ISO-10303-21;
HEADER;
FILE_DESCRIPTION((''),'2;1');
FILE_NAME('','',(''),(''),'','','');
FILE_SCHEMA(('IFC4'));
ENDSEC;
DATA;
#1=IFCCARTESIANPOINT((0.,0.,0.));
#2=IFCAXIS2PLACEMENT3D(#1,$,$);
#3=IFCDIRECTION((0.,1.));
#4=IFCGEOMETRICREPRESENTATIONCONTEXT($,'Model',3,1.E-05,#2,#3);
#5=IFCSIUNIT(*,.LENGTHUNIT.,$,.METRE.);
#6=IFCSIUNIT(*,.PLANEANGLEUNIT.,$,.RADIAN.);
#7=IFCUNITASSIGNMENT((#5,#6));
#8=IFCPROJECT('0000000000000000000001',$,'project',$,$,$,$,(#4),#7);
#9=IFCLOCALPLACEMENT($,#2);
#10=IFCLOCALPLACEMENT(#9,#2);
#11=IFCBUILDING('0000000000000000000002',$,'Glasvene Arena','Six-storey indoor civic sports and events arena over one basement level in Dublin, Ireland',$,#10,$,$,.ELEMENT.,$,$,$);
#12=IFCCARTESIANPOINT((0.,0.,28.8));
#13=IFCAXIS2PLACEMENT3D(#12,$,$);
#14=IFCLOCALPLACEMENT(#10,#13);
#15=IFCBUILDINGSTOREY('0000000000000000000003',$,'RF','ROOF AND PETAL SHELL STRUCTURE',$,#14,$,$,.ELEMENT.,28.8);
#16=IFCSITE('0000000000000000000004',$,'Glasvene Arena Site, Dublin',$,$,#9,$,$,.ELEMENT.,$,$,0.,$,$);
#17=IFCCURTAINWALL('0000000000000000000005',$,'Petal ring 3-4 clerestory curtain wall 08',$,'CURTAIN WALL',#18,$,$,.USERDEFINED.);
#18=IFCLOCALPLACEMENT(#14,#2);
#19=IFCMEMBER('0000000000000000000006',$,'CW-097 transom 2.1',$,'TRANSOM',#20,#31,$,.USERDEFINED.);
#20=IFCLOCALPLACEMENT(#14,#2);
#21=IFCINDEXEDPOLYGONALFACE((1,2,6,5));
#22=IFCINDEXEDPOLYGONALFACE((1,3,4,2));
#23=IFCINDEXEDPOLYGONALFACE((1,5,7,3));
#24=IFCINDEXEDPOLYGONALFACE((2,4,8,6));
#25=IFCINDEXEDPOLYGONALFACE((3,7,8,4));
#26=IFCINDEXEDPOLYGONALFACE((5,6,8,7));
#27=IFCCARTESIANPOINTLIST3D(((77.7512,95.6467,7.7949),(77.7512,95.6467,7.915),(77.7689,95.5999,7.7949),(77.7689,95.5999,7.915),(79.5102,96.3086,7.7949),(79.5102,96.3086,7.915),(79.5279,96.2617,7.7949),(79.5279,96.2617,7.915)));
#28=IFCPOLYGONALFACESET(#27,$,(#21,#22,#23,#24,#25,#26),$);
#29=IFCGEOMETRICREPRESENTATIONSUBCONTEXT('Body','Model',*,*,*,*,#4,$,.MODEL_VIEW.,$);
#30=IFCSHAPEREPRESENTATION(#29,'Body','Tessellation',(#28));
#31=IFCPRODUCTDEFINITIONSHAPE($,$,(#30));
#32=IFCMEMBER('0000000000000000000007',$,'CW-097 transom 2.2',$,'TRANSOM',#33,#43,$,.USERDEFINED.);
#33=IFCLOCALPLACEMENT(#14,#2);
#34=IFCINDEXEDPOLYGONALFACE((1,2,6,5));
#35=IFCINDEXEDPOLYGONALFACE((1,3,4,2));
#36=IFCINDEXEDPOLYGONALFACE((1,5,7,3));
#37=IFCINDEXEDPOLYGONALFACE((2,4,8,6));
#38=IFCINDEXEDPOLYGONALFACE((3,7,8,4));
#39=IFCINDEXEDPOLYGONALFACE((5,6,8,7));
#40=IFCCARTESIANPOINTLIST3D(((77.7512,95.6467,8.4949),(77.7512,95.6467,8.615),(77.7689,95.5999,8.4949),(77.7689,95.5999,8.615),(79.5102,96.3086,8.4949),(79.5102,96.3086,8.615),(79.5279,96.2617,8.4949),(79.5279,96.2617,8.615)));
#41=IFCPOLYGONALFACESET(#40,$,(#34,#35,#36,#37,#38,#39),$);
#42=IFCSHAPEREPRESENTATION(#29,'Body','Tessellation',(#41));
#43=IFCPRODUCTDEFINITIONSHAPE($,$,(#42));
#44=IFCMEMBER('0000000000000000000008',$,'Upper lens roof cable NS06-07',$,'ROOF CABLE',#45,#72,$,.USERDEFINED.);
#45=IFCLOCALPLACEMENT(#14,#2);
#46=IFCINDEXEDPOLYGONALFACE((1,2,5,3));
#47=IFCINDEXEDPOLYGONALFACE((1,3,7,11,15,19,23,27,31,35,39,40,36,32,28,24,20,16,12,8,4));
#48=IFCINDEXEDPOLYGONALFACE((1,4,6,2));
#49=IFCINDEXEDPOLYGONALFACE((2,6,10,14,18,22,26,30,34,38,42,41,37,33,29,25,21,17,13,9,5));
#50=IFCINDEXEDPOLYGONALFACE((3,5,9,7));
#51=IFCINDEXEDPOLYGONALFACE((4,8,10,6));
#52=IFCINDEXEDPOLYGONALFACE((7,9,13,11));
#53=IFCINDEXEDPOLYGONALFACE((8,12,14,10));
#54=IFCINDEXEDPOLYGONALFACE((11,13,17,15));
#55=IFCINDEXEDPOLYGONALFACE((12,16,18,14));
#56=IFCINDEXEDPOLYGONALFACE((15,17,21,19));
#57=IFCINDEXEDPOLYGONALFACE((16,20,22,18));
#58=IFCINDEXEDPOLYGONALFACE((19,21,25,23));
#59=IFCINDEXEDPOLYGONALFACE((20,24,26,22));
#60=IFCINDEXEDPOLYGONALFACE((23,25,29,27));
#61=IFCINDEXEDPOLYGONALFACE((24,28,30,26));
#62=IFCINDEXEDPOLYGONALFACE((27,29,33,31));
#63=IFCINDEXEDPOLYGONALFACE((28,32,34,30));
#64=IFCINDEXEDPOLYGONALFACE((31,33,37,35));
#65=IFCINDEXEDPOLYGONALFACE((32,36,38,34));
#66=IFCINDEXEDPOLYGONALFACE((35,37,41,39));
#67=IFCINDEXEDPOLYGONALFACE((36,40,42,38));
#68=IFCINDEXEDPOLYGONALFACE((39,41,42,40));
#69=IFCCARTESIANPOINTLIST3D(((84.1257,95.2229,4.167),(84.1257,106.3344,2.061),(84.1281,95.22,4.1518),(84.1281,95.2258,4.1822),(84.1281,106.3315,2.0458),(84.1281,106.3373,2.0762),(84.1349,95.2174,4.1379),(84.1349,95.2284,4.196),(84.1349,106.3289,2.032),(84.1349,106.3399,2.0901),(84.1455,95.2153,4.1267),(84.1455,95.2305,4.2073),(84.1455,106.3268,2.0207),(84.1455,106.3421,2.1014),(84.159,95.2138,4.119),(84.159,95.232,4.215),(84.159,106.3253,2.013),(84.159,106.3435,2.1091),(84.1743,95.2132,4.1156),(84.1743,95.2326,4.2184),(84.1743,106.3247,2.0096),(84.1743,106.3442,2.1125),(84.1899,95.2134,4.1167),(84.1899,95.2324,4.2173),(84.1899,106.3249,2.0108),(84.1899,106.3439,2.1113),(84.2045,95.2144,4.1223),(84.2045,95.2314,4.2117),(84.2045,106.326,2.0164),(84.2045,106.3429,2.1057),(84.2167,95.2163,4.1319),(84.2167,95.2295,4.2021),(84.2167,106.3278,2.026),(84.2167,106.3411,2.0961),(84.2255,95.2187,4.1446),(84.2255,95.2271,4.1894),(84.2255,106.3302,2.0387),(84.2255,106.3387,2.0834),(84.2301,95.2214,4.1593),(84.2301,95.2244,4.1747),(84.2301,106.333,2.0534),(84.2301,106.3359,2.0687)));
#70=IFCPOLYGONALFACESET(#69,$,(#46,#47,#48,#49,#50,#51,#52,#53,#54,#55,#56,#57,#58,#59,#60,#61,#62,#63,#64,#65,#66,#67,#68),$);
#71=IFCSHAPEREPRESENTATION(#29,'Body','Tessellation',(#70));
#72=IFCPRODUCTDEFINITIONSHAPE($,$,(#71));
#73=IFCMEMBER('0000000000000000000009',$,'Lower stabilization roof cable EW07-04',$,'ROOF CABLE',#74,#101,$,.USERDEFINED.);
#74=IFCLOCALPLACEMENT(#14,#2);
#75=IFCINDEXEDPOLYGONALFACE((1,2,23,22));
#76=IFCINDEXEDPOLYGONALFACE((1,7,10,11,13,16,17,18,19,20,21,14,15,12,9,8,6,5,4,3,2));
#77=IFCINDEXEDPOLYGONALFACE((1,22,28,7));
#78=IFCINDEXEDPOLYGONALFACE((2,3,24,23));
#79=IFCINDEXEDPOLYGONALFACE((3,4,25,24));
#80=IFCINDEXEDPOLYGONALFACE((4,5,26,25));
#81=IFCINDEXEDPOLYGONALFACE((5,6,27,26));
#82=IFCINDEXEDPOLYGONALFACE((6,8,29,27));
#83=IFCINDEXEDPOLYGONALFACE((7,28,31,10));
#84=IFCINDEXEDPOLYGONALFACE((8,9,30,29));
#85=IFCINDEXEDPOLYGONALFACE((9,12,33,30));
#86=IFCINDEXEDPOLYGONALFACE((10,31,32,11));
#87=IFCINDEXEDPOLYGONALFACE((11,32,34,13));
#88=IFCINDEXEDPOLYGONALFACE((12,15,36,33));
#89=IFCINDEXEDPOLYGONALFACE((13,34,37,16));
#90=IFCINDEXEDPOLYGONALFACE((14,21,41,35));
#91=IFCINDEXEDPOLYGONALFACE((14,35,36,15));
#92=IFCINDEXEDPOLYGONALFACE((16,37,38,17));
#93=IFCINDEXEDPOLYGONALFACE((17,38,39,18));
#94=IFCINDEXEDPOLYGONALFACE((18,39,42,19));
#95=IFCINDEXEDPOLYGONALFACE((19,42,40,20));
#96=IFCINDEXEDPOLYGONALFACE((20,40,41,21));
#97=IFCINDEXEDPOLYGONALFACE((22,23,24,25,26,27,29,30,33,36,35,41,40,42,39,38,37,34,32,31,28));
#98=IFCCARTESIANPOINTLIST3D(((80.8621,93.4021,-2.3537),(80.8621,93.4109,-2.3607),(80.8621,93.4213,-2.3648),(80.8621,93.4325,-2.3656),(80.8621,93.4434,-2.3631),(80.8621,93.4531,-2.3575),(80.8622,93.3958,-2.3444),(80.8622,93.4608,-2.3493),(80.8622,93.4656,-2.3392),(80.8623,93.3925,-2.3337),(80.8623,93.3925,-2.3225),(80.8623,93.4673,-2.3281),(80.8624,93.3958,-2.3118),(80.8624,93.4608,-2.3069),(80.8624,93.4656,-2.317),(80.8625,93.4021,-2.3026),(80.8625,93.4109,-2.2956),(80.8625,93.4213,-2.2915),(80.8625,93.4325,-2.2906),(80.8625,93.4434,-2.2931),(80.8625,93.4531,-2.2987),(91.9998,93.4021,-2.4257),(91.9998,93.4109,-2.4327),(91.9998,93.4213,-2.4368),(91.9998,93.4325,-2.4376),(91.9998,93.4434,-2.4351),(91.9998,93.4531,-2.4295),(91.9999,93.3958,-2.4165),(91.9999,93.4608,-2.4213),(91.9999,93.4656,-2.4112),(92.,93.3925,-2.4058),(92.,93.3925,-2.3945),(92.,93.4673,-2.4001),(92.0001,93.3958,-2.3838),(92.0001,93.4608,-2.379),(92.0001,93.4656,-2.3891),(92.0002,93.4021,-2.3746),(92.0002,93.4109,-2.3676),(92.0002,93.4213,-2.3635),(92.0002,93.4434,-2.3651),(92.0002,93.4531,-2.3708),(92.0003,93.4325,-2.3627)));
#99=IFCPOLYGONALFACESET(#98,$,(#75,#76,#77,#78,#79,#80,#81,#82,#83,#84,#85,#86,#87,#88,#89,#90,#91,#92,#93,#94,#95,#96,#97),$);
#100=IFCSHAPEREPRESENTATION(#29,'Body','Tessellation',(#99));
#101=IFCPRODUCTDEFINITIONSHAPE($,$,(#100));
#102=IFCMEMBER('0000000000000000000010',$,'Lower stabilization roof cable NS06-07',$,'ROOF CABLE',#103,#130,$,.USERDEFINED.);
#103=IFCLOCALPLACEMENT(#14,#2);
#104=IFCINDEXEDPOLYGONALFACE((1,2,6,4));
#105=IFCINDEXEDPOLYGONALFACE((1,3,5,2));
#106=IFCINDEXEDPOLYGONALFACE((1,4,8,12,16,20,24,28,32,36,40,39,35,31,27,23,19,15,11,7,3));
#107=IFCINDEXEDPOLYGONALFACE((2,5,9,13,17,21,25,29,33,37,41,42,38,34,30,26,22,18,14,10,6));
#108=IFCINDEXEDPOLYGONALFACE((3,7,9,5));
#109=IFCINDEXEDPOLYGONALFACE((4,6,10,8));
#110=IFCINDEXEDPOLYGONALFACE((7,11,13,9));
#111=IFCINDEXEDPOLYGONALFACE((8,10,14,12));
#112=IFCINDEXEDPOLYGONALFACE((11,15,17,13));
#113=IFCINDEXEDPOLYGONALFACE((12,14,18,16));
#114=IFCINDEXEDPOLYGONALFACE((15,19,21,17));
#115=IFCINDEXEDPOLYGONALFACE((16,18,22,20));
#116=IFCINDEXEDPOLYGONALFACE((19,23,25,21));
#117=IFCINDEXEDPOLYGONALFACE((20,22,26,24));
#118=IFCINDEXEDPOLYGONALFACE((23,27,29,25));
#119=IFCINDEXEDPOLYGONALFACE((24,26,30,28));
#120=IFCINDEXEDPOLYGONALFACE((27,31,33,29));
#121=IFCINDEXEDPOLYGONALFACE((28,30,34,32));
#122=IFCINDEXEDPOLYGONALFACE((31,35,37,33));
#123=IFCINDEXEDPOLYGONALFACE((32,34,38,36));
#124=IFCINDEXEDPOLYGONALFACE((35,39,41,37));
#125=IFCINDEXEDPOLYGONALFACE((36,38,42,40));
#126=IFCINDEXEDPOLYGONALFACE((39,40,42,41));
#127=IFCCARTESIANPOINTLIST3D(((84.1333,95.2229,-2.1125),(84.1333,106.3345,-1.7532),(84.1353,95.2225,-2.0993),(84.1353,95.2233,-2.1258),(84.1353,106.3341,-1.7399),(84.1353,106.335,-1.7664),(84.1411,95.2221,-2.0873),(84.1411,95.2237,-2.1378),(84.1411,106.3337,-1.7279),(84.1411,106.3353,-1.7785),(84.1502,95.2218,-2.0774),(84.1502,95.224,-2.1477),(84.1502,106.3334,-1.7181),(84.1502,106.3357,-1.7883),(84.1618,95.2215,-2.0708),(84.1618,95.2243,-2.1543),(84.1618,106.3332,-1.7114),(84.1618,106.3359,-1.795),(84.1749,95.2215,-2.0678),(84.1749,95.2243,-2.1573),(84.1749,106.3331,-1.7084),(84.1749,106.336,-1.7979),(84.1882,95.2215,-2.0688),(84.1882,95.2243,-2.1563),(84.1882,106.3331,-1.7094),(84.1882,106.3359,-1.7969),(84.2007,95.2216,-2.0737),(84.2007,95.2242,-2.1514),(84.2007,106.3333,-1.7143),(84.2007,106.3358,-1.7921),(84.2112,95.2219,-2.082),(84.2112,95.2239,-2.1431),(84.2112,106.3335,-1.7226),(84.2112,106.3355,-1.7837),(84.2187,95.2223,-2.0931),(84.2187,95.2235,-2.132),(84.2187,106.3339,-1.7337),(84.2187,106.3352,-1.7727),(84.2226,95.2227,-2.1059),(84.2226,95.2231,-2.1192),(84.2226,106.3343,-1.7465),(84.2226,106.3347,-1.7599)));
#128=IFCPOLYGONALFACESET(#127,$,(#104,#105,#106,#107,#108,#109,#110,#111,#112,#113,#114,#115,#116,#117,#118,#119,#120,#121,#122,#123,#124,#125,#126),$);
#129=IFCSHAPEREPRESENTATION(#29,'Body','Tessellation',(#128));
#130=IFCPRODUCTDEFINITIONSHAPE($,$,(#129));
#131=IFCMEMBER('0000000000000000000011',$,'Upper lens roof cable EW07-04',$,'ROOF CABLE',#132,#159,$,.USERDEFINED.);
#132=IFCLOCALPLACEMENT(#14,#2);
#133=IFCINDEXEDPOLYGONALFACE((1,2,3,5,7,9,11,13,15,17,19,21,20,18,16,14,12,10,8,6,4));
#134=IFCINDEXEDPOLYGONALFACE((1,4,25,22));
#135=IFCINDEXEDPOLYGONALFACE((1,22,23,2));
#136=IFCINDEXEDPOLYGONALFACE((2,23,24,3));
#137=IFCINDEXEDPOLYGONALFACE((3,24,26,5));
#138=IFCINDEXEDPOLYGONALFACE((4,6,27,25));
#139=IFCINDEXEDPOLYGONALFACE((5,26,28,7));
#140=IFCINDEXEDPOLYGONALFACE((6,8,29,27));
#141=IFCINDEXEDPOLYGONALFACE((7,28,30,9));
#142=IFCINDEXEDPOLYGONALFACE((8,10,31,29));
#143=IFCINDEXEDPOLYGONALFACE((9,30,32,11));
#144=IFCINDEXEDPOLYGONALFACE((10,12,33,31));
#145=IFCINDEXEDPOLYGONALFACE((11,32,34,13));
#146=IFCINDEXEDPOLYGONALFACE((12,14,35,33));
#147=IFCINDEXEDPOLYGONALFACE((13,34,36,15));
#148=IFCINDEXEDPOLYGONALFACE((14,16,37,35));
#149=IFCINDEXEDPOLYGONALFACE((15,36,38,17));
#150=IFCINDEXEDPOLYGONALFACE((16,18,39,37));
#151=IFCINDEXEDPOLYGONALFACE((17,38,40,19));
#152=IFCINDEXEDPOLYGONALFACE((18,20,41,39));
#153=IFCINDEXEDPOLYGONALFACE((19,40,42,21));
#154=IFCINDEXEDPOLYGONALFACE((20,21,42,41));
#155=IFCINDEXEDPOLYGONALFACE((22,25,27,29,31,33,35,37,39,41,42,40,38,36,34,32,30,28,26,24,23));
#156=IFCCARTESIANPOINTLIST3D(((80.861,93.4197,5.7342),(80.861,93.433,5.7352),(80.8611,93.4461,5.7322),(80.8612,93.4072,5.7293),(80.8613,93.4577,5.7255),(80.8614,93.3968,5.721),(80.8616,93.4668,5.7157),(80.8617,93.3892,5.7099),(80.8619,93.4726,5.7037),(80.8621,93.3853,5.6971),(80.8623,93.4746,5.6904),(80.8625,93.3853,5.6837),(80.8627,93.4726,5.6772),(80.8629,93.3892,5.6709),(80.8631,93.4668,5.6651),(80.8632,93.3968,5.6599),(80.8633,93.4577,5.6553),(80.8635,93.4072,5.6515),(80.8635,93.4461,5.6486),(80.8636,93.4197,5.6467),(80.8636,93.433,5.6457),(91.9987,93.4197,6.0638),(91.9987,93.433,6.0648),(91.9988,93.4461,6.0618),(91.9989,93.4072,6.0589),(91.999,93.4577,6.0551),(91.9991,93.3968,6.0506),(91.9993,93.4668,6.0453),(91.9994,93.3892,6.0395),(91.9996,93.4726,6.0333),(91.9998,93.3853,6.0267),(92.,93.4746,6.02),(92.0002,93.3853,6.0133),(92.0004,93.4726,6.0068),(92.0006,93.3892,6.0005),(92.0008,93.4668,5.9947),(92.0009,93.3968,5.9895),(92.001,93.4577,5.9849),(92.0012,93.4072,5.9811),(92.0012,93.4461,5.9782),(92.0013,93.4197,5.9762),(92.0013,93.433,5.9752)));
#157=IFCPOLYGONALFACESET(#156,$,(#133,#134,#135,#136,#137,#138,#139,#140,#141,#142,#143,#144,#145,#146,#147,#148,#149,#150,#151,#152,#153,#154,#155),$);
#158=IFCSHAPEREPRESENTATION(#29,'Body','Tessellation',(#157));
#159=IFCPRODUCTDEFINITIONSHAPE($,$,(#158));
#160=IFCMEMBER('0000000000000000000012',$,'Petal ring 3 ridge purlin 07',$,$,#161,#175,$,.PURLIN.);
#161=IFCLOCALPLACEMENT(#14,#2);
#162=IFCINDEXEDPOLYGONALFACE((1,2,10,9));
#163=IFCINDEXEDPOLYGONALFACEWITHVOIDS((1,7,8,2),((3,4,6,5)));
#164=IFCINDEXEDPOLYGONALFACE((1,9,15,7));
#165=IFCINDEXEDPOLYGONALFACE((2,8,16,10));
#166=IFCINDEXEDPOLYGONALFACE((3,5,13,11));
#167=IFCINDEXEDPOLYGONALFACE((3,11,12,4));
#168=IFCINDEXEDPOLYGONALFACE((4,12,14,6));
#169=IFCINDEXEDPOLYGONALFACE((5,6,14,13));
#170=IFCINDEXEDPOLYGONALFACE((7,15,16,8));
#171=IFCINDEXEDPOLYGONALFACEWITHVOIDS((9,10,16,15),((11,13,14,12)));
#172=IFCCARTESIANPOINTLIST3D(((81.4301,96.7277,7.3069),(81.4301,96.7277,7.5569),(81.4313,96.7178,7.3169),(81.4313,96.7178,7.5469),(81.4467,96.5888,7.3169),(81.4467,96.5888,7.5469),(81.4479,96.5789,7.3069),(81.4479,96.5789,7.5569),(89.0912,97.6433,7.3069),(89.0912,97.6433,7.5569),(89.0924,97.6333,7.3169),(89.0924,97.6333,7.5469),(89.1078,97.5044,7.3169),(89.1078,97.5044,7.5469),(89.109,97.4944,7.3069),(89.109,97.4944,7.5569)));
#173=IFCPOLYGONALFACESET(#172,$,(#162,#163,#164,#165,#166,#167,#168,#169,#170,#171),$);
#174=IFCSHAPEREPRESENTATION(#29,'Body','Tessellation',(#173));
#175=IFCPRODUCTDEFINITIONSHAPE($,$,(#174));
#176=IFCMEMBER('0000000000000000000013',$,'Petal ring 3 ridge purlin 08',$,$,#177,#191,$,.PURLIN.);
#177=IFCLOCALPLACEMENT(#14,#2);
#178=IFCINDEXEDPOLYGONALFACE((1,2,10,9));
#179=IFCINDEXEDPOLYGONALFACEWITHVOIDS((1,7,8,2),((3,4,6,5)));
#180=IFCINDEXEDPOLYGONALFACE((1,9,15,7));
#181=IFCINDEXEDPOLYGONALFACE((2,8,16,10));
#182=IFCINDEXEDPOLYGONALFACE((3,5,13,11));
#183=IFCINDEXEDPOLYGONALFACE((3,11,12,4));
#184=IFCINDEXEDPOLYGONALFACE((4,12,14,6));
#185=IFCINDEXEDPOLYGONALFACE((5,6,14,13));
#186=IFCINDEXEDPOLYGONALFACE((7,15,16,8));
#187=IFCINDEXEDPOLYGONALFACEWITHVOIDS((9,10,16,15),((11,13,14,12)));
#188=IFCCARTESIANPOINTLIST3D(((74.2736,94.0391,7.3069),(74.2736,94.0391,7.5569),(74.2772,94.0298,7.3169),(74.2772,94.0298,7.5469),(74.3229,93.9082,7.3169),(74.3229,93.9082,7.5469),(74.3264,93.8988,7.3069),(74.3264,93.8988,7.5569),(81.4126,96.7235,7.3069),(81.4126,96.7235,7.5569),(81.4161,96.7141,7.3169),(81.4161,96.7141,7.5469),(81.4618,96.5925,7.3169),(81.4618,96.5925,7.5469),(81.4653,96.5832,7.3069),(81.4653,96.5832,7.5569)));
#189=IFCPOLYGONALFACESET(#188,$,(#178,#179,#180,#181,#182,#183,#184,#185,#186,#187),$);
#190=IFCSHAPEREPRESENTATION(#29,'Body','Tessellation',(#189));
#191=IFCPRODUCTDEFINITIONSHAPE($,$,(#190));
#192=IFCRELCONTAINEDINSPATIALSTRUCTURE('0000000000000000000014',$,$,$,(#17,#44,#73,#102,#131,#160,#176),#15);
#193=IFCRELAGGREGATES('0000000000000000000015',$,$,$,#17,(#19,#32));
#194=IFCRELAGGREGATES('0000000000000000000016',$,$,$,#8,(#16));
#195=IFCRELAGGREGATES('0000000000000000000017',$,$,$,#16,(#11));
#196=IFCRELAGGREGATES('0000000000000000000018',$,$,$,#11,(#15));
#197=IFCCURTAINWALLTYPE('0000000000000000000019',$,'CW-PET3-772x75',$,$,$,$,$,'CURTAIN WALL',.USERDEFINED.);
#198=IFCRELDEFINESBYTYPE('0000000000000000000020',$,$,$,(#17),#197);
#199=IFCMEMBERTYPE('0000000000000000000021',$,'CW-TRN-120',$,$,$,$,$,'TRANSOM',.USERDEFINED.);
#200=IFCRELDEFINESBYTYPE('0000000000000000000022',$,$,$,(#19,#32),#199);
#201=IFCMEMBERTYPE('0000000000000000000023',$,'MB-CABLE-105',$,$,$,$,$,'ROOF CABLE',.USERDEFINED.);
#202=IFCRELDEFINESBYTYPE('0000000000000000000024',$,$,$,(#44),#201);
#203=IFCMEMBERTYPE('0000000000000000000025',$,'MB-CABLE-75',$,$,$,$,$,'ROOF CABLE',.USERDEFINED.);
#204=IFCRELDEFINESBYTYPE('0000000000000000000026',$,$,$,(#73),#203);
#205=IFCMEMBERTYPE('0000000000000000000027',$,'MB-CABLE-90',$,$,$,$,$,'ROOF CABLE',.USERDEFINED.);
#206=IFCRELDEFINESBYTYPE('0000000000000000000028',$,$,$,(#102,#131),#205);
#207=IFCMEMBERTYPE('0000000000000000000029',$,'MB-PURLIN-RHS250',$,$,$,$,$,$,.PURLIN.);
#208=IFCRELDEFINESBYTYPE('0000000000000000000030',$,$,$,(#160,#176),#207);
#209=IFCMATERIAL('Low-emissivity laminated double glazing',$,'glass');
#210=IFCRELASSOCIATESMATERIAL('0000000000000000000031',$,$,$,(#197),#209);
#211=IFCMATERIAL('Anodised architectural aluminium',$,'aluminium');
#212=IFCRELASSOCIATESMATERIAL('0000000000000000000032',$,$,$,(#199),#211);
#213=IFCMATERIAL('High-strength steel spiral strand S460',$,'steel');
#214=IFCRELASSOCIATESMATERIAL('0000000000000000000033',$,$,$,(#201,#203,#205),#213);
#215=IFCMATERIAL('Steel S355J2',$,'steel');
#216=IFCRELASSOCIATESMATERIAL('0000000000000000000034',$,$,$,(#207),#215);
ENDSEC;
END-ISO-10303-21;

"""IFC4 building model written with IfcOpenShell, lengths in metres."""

from ifc_helpers import new_model, si_unit, direction, frame, origin, origin_2d, place, context, subcontext, project, spatial, rectangle, hollow_rectangle, circle, extrude, material, material_profile, profile_set, type_object, element, aggregate, save


model = new_model("IFC4")

# Units and contexts
model_context = context("Model", 3, precision=1e-05, world=origin(), true_north=direction((0.0, 1.0)))
body_context = subcontext(model_context, "Body", "Model", "MODEL_VIEW")
ifc_project = project(units=[si_unit("LENGTHUNIT", "METRE"), si_unit("PLANEANGLEUNIT", "RADIAN")], contexts=[model_context])

# Site, building, storey
site_placement = place(None, origin())
site = spatial("IfcSite", under=ifc_project, at=site_placement, Name="Glasvene Arena Site, Dublin", CompositionType="ELEMENT", RefElevation=0.0)
building_placement = place(site_placement, origin())
building = spatial("IfcBuilding", under=site, at=building_placement, Name="Glasvene Arena", Description="Six-storey indoor civic sports and events arena over one basement level in Dublin, Ireland", CompositionType="ELEMENT")
storey_placement = place(building_placement, frame((0.0, 0.0, 28.8)))
storey = spatial("IfcBuildingStorey", under=building, at=storey_placement, Name="RF", Description="ROOF AND PETAL SHELL STRUCTURE", CompositionType="ELEMENT", Elevation=28.8)

# Shared definitions
ifc_material_1 = material(Name="Low-emissivity laminated double glazing", Category="glass")
ifc_material_2 = material(Name="Anodised architectural aluminium", Category="aluminium")

# Curtain wall
curtain_wall_type_1 = type_object("IfcCurtainWallType", Name="CW-PET3-772x75", ElementType="CURTAIN WALL", PredefinedType="USERDEFINED", material=ifc_material_1)
curtain_wall_1_placement = place(storey_placement, frame((81.3484, 96.9731, 0.0)))
curtain_wall_1 = element("IfcCurtainWall", 1, at=curtain_wall_1_placement, inside=storey, type_object=curtain_wall_type_1, Name="Petal ring 3-4 clerestory curtain wall 08", ObjectType="CURTAIN WALL", PredefinedType="USERDEFINED")

# Members
ifc_material_profile_1 = material_profile(ifc_material_2, rectangle(XDim=0.05, YDim=0.1201, at=origin_2d()), Name="ALU TRANSOM 50x120")
ifc_profile_set_1 = profile_set([ifc_material_profile_1], Name="Anodised architectural aluminium")
member_type_1 = type_object("IfcMemberType", Name="CW-TRN-120", ElementType="TRANSOM", PredefinedType="USERDEFINED", material=ifc_profile_set_1)
member_1_placement = place(storey_placement, frame((79.519, 96.2852, 7.855), z_axis=(-0.935939, -0.352162, 0.0), x_axis=(0.352162, -0.935939, 0.0)))
member_1 = element("IfcMember", 2, at=member_1_placement, type_object=member_type_1, Name="CW-097 transom 2.1", ObjectType="TRANSOM", PredefinedType="USERDEFINED", context=body_context, shape_type="SweptSolid", body=[
    extrude(rectangle(XDim=0.05, YDim=0.1201, at=origin_2d()), origin(), (0.0, 0.0, 1.0), 1.8794),
])
member_2_placement = place(storey_placement, frame((79.519, 96.2852, 8.5549), z_axis=(-0.935939, -0.352162, 0.0), x_axis=(0.352162, -0.935939, 0.0)))
member_2 = element("IfcMember", 3, at=member_2_placement, type_object=member_type_1, Name="CW-097 transom 2.2", ObjectType="TRANSOM", PredefinedType="USERDEFINED", context=body_context, shape_type="SweptSolid", body=[
    extrude(rectangle(XDim=0.05, YDim=0.1201, at=origin_2d()), origin(), (0.0, 0.0, 1.0), 1.8794),
])

# Members
ifc_material_3 = material(Name="High-strength steel spiral strand S460", Category="steel")
ifc_material_profile_2 = material_profile(ifc_material_3, circle(Radius=0.0525, at=origin_2d()), Name="LCSS D105")
ifc_profile_set_2 = profile_set([ifc_material_profile_2], Name="High-strength steel spiral strand S460")
member_type_2 = type_object("IfcMemberType", Name="MB-CABLE-105", ElementType="ROOF CABLE", PredefinedType="USERDEFINED", material=ifc_profile_set_2)
member_3_placement = place(storey_placement, frame((84.1782, 95.2229, 4.167), z_axis=(0.0, 0.982509, -0.186213), x_axis=(-1.0, 0.0, 0.0)))
element("IfcMember", 4, at=member_3_placement, inside=storey, type_object=member_type_2, Name="Upper lens roof cable NS06-07", ObjectType="ROOF CABLE", PredefinedType="USERDEFINED", context=body_context, shape_type="SweptSolid", body=[
    extrude(circle(Radius=0.0525, at=origin_2d()), origin(), (0.0, 0.0, 1.0), 11.3093),
])
ifc_material_profile_3 = material_profile(ifc_material_3, circle(Radius=0.0376, at=origin_2d()), Name="LCSS D75")
ifc_profile_set_3 = profile_set([ifc_material_profile_3], Name="High-strength steel spiral strand S460")
member_type_3 = type_object("IfcMemberType", Name="MB-CABLE-75", ElementType="ROOF CABLE", PredefinedType="USERDEFINED", material=ifc_profile_set_3)
member_4_placement = place(storey_placement, frame((80.8623, 93.4297, -2.3281), z_axis=(0.999979, 0.0, -0.006466), x_axis=(0.0, 1.0, 0.0)))
element("IfcMember", 5, at=member_4_placement, inside=storey, type_object=member_type_3, Name="Lower stabilization roof cable EW07-04", ObjectType="ROOF CABLE", PredefinedType="USERDEFINED", context=body_context, shape_type="SweptSolid", body=[
    extrude(circle(Radius=0.0376, at=origin_2d()), origin(), (0.0, 0.0, 1.0), 11.1379),
])
ifc_material_profile_4 = material_profile(ifc_material_3, circle(Radius=0.0449, at=origin_2d()), Name="LCSS D90")
ifc_profile_set_4 = profile_set([ifc_material_profile_4], Name="High-strength steel spiral strand S460")
member_type_4 = type_object("IfcMemberType", Name="MB-CABLE-90", ElementType="ROOF CABLE", PredefinedType="USERDEFINED", material=ifc_profile_set_4)
member_5_placement = place(storey_placement, frame((84.1782, 95.2229, -2.1125), z_axis=(0.0, 0.999477, 0.032326), x_axis=(-1.0, 0.0, 0.0)))
element("IfcMember", 6, at=member_5_placement, inside=storey, type_object=member_type_4, Name="Lower stabilization roof cable NS06-07", ObjectType="ROOF CABLE", PredefinedType="USERDEFINED", context=body_context, shape_type="SweptSolid", body=[
    extrude(circle(Radius=0.0449, at=origin_2d()), origin(), (0.0, 0.0, 1.0), 11.1174),
])
member_6_placement = place(storey_placement, frame((80.8623, 93.4297, 5.6904), z_axis=(0.999562, 0.0, 0.029579), x_axis=(0.0, 1.0, 0.0)))
element("IfcMember", 7, at=member_6_placement, inside=storey, type_object=member_type_4, Name="Upper lens roof cable EW07-04", ObjectType="ROOF CABLE", PredefinedType="USERDEFINED", context=body_context, shape_type="SweptSolid", body=[
    extrude(circle(Radius=0.0449, at=origin_2d()), origin(), (0.0, 0.0, 1.0), 11.1426),
])
ifc_material_4 = material(Name="Steel S355J2", Category="steel")
ifc_material_profile_5 = material_profile(ifc_material_4, hollow_rectangle(XDim=0.1499, YDim=0.25, WallThickness=0.01, at=origin_2d()), Name="RHS 250x150x10.0")
ifc_profile_set_5 = profile_set([ifc_material_profile_5], Name="Steel S355J2")
member_type_5 = type_object("IfcMemberType", Name="MB-PURLIN-RHS250", PredefinedType="PURLIN", material=ifc_profile_set_5)
member_7_placement = place(storey_placement, frame((89.1001, 97.5688, 7.4319), z_axis=(-0.992935, -0.118659, 0.0), x_axis=(0.118659, -0.992935, 0.0)))
element("IfcMember", 8, at=member_7_placement, inside=storey, type_object=member_type_5, Name="Petal ring 3 ridge purlin 07", PredefinedType="PURLIN", context=body_context, shape_type="SweptSolid", body=[
    extrude(hollow_rectangle(XDim=0.1499, YDim=0.25, WallThickness=0.01, at=origin_2d()), origin(), (0.0, 0.0, 1.0), 7.7156),
])
member_8_placement = place(storey_placement, frame((81.439, 96.6533, 7.4319), z_axis=(-0.936017, -0.351955, 0.0), x_axis=(0.351955, -0.936017, 0.0)))
element("IfcMember", 9, at=member_8_placement, inside=storey, type_object=member_type_5, Name="Petal ring 3 ridge purlin 08", PredefinedType="PURLIN", context=body_context, shape_type="SweptSolid", body=[
    extrude(hollow_rectangle(XDim=0.1499, YDim=0.25, WallThickness=0.01, at=origin_2d()), origin(), (0.0, 0.0, 1.0), 7.627),
])

aggregate(curtain_wall_1, [member_1, member_2])

save(model, "model.ifc")
